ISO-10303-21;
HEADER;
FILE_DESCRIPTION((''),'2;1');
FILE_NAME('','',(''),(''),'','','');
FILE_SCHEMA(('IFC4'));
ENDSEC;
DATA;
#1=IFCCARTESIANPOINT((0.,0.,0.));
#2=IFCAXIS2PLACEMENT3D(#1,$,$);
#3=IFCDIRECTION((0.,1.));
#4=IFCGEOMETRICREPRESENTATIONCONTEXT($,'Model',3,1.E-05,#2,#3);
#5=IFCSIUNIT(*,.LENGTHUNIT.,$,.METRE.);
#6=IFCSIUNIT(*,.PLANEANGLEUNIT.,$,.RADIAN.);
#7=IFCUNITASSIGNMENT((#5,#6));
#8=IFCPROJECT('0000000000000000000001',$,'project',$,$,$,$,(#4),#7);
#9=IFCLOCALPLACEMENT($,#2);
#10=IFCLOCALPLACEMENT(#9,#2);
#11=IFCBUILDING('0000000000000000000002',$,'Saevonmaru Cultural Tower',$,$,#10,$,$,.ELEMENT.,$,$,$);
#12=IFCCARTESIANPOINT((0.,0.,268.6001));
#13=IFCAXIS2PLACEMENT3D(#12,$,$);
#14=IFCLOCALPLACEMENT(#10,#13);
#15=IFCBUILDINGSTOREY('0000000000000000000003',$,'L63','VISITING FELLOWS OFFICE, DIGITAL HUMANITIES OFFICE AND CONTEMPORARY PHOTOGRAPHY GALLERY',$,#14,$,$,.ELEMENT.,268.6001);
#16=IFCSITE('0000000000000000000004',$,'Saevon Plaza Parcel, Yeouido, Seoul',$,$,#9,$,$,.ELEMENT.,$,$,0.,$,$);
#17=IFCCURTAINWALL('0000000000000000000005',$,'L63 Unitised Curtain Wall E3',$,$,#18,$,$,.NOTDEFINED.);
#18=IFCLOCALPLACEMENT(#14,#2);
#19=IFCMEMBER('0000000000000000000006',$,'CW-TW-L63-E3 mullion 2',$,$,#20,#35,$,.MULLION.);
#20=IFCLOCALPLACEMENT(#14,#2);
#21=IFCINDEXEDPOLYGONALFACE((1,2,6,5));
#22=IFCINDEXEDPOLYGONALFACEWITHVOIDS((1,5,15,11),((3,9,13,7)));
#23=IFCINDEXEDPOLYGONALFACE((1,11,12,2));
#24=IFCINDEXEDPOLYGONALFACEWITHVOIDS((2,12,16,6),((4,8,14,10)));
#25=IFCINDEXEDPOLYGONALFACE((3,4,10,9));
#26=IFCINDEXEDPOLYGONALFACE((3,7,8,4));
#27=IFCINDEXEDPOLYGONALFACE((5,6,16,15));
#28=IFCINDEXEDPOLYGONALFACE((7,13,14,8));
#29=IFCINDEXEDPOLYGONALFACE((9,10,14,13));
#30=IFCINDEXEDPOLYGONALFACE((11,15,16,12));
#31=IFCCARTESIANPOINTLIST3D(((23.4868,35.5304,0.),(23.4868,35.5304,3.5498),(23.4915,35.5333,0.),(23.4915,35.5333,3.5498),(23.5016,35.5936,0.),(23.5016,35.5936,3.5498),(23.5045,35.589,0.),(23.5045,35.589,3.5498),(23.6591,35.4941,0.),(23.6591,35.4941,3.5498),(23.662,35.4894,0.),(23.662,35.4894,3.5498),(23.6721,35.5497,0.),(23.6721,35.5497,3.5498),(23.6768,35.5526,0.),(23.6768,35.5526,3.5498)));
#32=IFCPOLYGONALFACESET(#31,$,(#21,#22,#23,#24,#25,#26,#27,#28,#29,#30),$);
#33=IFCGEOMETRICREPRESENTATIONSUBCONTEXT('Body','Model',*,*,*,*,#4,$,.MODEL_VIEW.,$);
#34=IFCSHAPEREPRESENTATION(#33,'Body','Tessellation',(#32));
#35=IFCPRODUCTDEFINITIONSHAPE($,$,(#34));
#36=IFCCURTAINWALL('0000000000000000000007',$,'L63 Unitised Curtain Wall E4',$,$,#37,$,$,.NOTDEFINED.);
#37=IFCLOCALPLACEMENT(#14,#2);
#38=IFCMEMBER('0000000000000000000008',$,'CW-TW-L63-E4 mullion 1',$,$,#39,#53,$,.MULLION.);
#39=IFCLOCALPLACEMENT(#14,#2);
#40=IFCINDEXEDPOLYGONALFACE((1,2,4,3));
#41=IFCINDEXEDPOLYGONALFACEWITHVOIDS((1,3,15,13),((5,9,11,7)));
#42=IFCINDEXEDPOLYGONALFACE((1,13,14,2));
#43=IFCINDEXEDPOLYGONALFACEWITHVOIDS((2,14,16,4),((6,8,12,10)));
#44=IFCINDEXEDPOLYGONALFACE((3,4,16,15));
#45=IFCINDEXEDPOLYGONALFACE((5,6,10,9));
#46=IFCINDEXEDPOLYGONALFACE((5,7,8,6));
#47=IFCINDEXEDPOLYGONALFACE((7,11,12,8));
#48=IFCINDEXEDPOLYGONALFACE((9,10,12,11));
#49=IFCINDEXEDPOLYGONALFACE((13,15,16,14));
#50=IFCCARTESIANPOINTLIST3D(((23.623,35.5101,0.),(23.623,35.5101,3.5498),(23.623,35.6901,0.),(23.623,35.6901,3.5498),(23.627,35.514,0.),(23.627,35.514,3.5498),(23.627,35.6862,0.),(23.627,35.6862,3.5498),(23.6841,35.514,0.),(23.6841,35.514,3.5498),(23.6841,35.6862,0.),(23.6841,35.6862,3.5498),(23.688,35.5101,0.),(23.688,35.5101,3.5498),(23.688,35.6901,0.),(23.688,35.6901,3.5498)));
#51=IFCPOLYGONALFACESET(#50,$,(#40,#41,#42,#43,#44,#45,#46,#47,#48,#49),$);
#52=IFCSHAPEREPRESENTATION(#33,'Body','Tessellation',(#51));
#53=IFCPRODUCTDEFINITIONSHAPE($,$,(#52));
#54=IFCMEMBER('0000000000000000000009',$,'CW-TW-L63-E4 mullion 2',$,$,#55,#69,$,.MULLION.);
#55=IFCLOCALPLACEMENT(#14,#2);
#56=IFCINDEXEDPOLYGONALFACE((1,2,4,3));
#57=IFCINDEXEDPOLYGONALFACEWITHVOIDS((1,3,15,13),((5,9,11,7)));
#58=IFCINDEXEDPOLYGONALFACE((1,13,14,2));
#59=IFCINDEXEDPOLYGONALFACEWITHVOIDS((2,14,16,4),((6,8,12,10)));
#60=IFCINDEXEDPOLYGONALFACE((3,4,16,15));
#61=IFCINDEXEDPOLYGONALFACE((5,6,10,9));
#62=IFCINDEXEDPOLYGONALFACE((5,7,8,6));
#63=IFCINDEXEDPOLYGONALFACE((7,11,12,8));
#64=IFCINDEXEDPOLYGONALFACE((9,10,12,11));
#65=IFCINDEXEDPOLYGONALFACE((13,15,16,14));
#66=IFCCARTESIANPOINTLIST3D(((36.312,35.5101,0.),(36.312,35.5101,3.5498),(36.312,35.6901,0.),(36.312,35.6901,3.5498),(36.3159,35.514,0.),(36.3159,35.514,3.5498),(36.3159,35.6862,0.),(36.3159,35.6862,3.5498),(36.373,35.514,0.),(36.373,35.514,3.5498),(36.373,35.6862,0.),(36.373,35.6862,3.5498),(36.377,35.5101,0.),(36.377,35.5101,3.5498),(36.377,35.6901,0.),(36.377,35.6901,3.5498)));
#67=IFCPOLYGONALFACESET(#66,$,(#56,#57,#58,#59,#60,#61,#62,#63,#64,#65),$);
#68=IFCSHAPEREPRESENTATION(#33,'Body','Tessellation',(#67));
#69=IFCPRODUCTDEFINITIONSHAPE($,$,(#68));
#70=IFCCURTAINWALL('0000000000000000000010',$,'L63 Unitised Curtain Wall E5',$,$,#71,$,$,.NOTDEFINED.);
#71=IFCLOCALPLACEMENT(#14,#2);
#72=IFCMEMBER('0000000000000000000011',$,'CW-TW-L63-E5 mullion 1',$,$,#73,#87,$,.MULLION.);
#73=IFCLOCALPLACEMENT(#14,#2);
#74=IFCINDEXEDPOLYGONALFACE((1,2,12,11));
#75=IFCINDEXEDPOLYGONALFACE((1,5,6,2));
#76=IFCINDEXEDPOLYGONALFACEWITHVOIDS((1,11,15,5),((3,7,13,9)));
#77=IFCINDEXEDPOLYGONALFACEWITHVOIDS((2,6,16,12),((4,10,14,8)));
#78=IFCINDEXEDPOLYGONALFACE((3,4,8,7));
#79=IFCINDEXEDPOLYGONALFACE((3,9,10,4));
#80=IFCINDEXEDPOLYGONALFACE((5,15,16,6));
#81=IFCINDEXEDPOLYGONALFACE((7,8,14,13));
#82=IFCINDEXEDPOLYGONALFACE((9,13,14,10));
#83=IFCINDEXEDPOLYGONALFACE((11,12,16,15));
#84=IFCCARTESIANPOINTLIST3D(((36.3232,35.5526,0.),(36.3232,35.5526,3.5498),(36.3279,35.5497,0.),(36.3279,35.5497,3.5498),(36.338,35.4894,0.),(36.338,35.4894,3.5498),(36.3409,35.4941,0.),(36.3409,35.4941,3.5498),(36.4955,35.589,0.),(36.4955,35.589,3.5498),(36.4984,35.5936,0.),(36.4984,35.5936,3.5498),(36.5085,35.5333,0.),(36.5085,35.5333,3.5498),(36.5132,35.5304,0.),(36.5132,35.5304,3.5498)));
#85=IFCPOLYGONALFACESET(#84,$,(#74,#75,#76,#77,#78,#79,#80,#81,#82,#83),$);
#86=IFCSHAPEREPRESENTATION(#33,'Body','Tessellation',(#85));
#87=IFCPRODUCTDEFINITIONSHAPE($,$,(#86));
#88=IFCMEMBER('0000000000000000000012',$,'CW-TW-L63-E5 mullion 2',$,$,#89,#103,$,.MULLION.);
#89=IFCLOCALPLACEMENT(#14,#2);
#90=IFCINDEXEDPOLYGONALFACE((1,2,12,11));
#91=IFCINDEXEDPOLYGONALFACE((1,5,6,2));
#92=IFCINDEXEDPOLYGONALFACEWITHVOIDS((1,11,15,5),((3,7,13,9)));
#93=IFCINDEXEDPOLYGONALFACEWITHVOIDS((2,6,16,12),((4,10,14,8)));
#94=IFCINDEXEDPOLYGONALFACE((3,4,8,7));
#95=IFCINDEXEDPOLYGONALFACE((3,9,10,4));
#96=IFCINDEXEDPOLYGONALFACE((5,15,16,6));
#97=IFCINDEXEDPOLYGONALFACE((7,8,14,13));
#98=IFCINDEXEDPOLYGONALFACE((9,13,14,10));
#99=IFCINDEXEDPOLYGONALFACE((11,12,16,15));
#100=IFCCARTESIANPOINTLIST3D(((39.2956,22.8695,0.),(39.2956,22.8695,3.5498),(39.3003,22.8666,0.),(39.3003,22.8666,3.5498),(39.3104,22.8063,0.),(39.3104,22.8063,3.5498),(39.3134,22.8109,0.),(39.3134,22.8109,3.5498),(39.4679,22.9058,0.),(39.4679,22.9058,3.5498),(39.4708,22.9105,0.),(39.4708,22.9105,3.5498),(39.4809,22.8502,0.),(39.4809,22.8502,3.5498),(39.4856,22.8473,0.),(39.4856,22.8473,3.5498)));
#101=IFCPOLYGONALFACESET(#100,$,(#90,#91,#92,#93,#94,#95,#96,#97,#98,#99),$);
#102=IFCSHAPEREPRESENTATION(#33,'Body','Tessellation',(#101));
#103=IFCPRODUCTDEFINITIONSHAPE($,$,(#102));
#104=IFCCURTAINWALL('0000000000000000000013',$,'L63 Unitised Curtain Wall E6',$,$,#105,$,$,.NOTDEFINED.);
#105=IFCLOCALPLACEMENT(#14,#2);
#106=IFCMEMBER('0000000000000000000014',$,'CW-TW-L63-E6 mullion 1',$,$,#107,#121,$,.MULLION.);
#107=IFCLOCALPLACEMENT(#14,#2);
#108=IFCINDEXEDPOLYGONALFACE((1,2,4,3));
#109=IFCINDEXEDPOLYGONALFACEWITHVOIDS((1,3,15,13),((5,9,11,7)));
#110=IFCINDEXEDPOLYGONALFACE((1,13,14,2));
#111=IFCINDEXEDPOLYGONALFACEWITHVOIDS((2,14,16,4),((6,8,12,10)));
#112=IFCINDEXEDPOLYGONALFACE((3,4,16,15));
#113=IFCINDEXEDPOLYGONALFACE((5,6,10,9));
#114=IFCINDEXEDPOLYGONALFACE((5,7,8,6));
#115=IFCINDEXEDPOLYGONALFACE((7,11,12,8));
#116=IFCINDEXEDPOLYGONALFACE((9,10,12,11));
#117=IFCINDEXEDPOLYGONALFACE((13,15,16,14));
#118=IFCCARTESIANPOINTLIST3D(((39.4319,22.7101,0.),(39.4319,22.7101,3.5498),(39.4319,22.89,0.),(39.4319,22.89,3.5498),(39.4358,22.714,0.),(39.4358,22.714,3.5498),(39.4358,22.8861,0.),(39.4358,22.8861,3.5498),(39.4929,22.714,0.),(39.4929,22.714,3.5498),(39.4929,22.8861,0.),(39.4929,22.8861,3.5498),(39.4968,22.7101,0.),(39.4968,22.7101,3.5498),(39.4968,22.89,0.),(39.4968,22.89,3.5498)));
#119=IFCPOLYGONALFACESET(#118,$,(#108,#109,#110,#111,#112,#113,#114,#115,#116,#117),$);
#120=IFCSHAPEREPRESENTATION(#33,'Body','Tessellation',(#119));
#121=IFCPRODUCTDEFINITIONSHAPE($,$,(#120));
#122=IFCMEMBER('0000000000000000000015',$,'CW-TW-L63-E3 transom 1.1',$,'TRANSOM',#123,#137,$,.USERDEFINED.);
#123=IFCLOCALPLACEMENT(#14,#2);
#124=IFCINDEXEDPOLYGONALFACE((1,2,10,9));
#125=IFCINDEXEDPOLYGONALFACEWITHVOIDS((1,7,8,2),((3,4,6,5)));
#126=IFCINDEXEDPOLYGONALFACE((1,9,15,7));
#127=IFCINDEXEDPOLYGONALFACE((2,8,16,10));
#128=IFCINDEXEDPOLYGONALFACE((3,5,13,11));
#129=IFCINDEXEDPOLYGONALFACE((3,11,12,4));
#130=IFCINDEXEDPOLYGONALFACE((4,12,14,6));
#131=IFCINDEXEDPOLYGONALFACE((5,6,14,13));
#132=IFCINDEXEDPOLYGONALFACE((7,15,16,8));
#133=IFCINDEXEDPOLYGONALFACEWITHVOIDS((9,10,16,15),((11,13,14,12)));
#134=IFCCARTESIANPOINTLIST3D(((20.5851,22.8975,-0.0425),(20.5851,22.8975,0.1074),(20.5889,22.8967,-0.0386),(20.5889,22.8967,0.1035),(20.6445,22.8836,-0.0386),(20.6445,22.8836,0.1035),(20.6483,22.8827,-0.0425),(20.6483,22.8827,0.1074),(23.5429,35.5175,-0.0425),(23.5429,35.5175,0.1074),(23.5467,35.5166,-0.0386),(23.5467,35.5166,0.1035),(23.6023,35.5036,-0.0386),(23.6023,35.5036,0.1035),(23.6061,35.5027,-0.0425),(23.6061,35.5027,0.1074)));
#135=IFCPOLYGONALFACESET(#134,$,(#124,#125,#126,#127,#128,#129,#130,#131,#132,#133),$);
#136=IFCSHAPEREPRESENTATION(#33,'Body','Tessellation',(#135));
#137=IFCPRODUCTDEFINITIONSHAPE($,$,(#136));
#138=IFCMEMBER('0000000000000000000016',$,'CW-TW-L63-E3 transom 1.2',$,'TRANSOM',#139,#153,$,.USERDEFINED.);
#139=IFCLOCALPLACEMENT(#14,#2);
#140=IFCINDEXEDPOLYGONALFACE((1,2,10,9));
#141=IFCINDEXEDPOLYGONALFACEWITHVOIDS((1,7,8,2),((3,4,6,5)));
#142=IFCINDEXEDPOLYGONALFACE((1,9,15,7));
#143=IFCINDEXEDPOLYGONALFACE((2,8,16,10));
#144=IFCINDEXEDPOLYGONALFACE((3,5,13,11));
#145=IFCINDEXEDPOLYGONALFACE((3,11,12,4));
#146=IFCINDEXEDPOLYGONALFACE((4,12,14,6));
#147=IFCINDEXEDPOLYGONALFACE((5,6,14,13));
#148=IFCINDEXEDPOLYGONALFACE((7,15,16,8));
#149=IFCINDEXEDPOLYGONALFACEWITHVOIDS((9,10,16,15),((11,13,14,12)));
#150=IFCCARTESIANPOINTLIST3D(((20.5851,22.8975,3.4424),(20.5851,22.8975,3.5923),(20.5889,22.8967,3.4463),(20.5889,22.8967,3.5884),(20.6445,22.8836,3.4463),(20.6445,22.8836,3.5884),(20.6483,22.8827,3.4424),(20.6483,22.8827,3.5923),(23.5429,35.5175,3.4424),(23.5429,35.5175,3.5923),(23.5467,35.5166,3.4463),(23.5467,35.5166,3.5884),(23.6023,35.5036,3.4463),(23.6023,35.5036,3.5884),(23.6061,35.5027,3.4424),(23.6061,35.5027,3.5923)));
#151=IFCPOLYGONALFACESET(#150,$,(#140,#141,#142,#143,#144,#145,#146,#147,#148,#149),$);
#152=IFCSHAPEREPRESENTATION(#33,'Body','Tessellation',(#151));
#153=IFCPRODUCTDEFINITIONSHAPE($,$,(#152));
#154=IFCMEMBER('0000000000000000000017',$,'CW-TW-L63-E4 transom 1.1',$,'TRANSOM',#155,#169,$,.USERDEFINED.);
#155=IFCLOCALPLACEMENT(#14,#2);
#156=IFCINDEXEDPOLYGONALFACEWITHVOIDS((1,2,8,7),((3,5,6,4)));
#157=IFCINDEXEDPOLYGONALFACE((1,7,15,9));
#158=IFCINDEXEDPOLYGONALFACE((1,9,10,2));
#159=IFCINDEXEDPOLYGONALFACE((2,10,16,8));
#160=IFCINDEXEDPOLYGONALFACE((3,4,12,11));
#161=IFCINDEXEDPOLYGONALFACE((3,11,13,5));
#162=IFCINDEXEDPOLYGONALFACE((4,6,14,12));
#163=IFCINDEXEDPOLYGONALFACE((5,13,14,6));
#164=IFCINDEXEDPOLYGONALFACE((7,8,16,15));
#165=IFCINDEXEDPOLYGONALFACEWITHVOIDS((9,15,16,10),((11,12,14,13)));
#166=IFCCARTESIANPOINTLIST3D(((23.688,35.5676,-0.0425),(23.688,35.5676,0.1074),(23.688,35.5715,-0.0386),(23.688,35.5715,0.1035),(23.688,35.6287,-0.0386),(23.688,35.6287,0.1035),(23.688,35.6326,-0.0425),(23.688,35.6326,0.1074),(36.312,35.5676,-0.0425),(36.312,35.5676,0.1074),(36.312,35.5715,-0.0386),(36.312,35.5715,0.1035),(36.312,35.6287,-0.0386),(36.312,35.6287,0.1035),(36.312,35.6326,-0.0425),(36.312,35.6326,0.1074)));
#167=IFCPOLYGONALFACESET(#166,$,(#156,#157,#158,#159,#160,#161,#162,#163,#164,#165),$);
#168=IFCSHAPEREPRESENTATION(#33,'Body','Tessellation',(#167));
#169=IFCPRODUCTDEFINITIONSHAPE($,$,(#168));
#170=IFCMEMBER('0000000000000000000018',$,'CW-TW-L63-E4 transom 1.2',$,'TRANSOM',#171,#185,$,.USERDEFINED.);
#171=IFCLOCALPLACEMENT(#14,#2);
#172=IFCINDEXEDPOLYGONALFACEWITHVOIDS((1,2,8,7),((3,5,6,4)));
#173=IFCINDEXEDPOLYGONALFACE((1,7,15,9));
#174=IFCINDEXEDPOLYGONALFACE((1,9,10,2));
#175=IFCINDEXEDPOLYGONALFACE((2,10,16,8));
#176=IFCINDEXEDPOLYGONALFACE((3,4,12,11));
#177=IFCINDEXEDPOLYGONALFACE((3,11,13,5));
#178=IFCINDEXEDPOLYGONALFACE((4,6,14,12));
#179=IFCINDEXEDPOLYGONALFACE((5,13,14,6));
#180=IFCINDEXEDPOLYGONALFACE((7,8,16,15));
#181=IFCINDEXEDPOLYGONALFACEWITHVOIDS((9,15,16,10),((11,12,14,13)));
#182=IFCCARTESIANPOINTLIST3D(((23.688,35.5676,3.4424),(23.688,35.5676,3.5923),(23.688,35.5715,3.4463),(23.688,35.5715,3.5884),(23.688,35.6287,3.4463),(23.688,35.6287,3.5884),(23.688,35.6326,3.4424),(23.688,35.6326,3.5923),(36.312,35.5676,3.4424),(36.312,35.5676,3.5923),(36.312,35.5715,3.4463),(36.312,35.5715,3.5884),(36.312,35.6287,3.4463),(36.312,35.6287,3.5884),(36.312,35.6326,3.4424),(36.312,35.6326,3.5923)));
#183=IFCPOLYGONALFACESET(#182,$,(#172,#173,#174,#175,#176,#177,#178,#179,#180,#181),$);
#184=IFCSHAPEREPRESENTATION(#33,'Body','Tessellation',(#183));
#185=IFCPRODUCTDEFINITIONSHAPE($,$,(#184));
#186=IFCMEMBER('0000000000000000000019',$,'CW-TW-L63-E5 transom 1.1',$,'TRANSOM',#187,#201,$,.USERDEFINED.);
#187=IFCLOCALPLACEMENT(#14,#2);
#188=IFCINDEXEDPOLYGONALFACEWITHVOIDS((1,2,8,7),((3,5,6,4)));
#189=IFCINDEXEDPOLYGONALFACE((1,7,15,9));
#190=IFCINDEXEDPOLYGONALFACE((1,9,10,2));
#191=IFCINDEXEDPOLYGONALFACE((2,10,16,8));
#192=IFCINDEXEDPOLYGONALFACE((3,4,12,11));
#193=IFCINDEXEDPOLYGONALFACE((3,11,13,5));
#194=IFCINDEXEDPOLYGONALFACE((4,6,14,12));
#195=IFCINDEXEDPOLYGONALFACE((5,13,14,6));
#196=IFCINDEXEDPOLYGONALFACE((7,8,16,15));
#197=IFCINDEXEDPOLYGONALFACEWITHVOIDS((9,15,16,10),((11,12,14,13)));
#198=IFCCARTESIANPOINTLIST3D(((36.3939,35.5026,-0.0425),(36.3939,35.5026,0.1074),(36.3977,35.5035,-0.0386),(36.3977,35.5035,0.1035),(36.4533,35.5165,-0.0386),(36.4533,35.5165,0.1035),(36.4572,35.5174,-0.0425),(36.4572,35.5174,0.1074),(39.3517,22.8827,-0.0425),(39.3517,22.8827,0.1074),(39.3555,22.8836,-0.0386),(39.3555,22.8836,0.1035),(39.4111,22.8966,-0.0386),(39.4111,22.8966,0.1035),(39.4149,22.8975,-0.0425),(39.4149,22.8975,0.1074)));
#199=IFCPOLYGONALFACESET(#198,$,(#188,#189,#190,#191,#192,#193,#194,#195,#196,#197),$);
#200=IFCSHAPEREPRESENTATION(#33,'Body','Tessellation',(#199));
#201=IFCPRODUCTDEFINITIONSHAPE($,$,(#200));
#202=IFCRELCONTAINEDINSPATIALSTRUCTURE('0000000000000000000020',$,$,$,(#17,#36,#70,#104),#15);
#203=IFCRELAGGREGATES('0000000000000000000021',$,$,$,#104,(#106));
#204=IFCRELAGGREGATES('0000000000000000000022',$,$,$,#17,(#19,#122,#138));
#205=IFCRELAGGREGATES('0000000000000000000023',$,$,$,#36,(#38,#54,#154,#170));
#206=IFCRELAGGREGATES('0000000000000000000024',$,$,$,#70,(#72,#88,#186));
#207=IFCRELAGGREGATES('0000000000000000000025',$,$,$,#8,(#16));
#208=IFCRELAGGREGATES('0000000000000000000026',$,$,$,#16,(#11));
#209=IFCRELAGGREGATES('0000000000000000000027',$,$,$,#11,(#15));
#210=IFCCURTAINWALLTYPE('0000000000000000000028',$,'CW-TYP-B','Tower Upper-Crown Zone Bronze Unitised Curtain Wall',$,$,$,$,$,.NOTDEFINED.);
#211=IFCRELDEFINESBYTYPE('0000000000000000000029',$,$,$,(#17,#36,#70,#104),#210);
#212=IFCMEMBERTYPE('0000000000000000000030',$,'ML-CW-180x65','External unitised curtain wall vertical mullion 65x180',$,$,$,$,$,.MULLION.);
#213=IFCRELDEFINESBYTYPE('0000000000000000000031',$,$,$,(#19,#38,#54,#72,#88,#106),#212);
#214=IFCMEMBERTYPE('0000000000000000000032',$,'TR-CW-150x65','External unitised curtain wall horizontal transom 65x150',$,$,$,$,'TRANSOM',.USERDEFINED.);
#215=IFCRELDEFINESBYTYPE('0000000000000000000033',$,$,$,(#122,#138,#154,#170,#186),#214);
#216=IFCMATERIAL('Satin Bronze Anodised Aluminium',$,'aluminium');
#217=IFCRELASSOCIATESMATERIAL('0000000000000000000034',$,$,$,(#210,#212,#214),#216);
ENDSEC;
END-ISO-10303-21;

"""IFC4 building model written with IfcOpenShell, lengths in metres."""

from ifc_helpers import new_model, si_unit, direction, frame, origin, origin_2d, place, context, subcontext, project, spatial, hollow_rectangle, extrude, material, material_profile, profile_set, type_object, element, aggregate, save


model = new_model("IFC4")

# Units and contexts
model_context = context("Model", 3, precision=1e-05, world=origin(), true_north=direction((0.0, 1.0)))
body_context = subcontext(model_context, "Body", "Model", "MODEL_VIEW")
ifc_project = project(units=[si_unit("LENGTHUNIT", "METRE"), si_unit("PLANEANGLEUNIT", "RADIAN")], contexts=[model_context])

# Site, building, storey
site_placement = place(None, origin())
site = spatial("IfcSite", under=ifc_project, at=site_placement, Name="Saevon Plaza Parcel, Yeouido, Seoul", CompositionType="ELEMENT", RefElevation=0.0)
building_placement = place(site_placement, origin())
building = spatial("IfcBuilding", under=site, at=building_placement, Name="Saevonmaru Cultural Tower", CompositionType="ELEMENT")
storey_placement = place(building_placement, frame((0.0, 0.0, 268.6001)))
storey = spatial("IfcBuildingStorey", under=building, at=storey_placement, Name="L63", Description="VISITING FELLOWS OFFICE, DIGITAL HUMANITIES OFFICE AND CONTEMPORARY PHOTOGRAPHY GALLERY", CompositionType="ELEMENT", Elevation=268.6001)

# Curtain wall, member
ifc_material_1 = material(Name="Satin Bronze Anodised Aluminium", Category="aluminium")
curtain_wall_type = type_object("IfcCurtainWallType", Name="CW-TYP-B", Description="Tower Upper-Crown Zone Bronze Unitised Curtain Wall", PredefinedType="NOTDEFINED", material=ifc_material_1)
curtain_wall_1_placement = place(storey_placement, origin())
curtain_wall_1 = element("IfcCurtainWall", 1, at=curtain_wall_1_placement, inside=storey, type_object=curtain_wall_type, Name="L63 Unitised Curtain Wall E3", PredefinedType="NOTDEFINED")
ifc_material_profile_1 = material_profile(ifc_material_1, hollow_rectangle(XDim=0.0649, YDim=0.1799, WallThickness=0.0039, at=origin_2d()), Name="ALU-MULL-180x65x4")
ifc_profile_set_1 = profile_set([ifc_material_profile_1], Name="Satin Bronze Anodised Aluminium")
member_type_1 = type_object("IfcMemberType", Name="ML-CW-180x65", Description="External unitised curtain wall vertical mullion 65x180", PredefinedType="MULLION", material=ifc_profile_set_1)
member_1_placement = place(storey_placement, frame((23.5818, 35.5415, 0.0), z_axis=(0.0, 0.0, 1.0), x_axis=(0.22819, 0.973617, 0.0)))
member_1 = element("IfcMember", 2, at=member_1_placement, type_object=member_type_1, Name="CW-TW-L63-E3 mullion 2", PredefinedType="MULLION", context=body_context, shape_type="SweptSolid", body=[
    extrude(hollow_rectangle(XDim=0.0649, YDim=0.1799, WallThickness=0.0039, at=origin_2d()), origin(), (0.0, 0.0, 1.0), 3.5498),
])

# Curtain walls, members
curtain_wall_2_placement = place(storey_placement, origin())
curtain_wall_2 = element("IfcCurtainWall", 3, at=curtain_wall_2_placement, inside=storey, type_object=curtain_wall_type, Name="L63 Unitised Curtain Wall E4", PredefinedType="NOTDEFINED")
member_2_placement = place(storey_placement, frame((23.6555, 35.6001, 0.0), z_axis=(0.0, 0.0, 1.0), x_axis=(1.0, 0.0, 0.0)))
member_2 = element("IfcMember", 4, at=member_2_placement, type_object=member_type_1, Name="CW-TW-L63-E4 mullion 1", PredefinedType="MULLION", context=body_context, shape_type="SweptSolid", body=[
    extrude(hollow_rectangle(XDim=0.0649, YDim=0.1799, WallThickness=0.0039, at=origin_2d()), origin(), (0.0, 0.0, 1.0), 3.5498),
])
member_3_placement = place(storey_placement, frame((36.3445, 35.6001, 0.0), z_axis=(0.0, 0.0, 1.0), x_axis=(1.0, 0.0, 0.0)))
member_3 = element("IfcMember", 5, at=member_3_placement, type_object=member_type_1, Name="CW-TW-L63-E4 mullion 2", PredefinedType="MULLION", context=body_context, shape_type="SweptSolid", body=[
    extrude(hollow_rectangle(XDim=0.0649, YDim=0.1799, WallThickness=0.0039, at=origin_2d()), origin(), (0.0, 0.0, 1.0), 3.5498),
])
curtain_wall_3_placement = place(storey_placement, origin())
curtain_wall_3 = element("IfcCurtainWall", 6, at=curtain_wall_3_placement, inside=storey, type_object=curtain_wall_type, Name="L63 Unitised Curtain Wall E5", PredefinedType="NOTDEFINED")
member_4_placement = place(storey_placement, frame((36.4182, 35.5415, 0.0), z_axis=(0.0, 0.0, 1.0), x_axis=(0.22819, -0.973617, 0.0)))
member_4 = element("IfcMember", 7, at=member_4_placement, type_object=member_type_1, Name="CW-TW-L63-E5 mullion 1", PredefinedType="MULLION", context=body_context, shape_type="SweptSolid", body=[
    extrude(hollow_rectangle(XDim=0.0649, YDim=0.1799, WallThickness=0.0039, at=origin_2d()), origin(), (0.0, 0.0, 1.0), 3.5498),
])
member_5_placement = place(storey_placement, frame((39.3906, 22.8584, 0.0), z_axis=(0.0, 0.0, 1.0), x_axis=(0.22819, -0.973617, 0.0)))
member_5 = element("IfcMember", 8, at=member_5_placement, type_object=member_type_1, Name="CW-TW-L63-E5 mullion 2", PredefinedType="MULLION", context=body_context, shape_type="SweptSolid", body=[
    extrude(hollow_rectangle(XDim=0.0649, YDim=0.1799, WallThickness=0.0039, at=origin_2d()), origin(), (0.0, 0.0, 1.0), 3.5498),
])

# Curtain wall, member
curtain_wall_4_placement = place(storey_placement, origin())
curtain_wall_4 = element("IfcCurtainWall", 9, at=curtain_wall_4_placement, inside=storey, type_object=curtain_wall_type, Name="L63 Unitised Curtain Wall E6", PredefinedType="NOTDEFINED")
member_6_placement = place(storey_placement, frame((39.4644, 22.8, 0.0), z_axis=(0.0, 0.0, 1.0), x_axis=(1.0, 0.0, 0.0)))
member_6 = element("IfcMember", 10, at=member_6_placement, type_object=member_type_1, Name="CW-TW-L63-E6 mullion 1", PredefinedType="MULLION", context=body_context, shape_type="SweptSolid", body=[
    extrude(hollow_rectangle(XDim=0.0649, YDim=0.1799, WallThickness=0.0039, at=origin_2d()), origin(), (0.0, 0.0, 1.0), 3.5498),
])

# Members
ifc_material_profile_2 = material_profile(ifc_material_1, hollow_rectangle(XDim=0.0649, YDim=0.1499, WallThickness=0.0039, at=origin_2d()), Name="ALU-TRAN-150x65x4")
ifc_profile_set_2 = profile_set([ifc_material_profile_2], Name="Satin Bronze Anodised Aluminium")
member_type_2 = type_object("IfcMemberType", Name="TR-CW-150x65", Description="External unitised curtain wall horizontal transom 65x150", ElementType="TRANSOM", PredefinedType="USERDEFINED", material=ifc_profile_set_2)
member_7_placement = place(storey_placement, frame((20.6167, 22.8901, 0.0325), z_axis=(0.22819, 0.973617, 0.0), x_axis=(-0.973617, 0.22819, 0.0)))
member_7 = element("IfcMember", 11, at=member_7_placement, type_object=member_type_2, Name="CW-TW-L63-E3 transom 1.1", ObjectType="TRANSOM", PredefinedType="USERDEFINED", context=body_context, shape_type="SweptSolid", body=[
    extrude(hollow_rectangle(XDim=0.0649, YDim=0.1499, WallThickness=0.0039, at=origin_2d()), origin(), (0.0, 0.0, 1.0), 12.9619),
])
member_8_placement = place(storey_placement, frame((20.6167, 22.8901, 3.5173), z_axis=(0.22819, 0.973617, 0.0), x_axis=(-0.973617, 0.22819, 0.0)))
member_8 = element("IfcMember", 12, at=member_8_placement, type_object=member_type_2, Name="CW-TW-L63-E3 transom 1.2", ObjectType="TRANSOM", PredefinedType="USERDEFINED", context=body_context, shape_type="SweptSolid", body=[
    extrude(hollow_rectangle(XDim=0.0649, YDim=0.1499, WallThickness=0.0039, at=origin_2d()), origin(), (0.0, 0.0, 1.0), 12.9619),
])
member_9_placement = place(storey_placement, frame((23.688, 35.6001, 0.0325), z_axis=(1.0, 0.0, 0.0), x_axis=(0.0, 1.0, 0.0)))
member_9 = element("IfcMember", 13, at=member_9_placement, type_object=member_type_2, Name="CW-TW-L63-E4 transom 1.1", ObjectType="TRANSOM", PredefinedType="USERDEFINED", context=body_context, shape_type="SweptSolid", body=[
    extrude(hollow_rectangle(XDim=0.0649, YDim=0.1499, WallThickness=0.0039, at=origin_2d()), origin(), (0.0, 0.0, 1.0), 12.624),
])
member_10_placement = place(storey_placement, frame((23.688, 35.6001, 3.5173), z_axis=(1.0, 0.0, 0.0), x_axis=(0.0, 1.0, 0.0)))
member_10 = element("IfcMember", 14, at=member_10_placement, type_object=member_type_2, Name="CW-TW-L63-E4 transom 1.2", ObjectType="TRANSOM", PredefinedType="USERDEFINED", context=body_context, shape_type="SweptSolid", body=[
    extrude(hollow_rectangle(XDim=0.0649, YDim=0.1499, WallThickness=0.0039, at=origin_2d()), origin(), (0.0, 0.0, 1.0), 12.624),
])
member_11_placement = place(storey_placement, frame((36.4255, 35.51, 0.0325), z_axis=(0.22819, -0.973617, 0.0), x_axis=(0.973617, 0.22819, 0.0)))
member_11 = element("IfcMember", 15, at=member_11_placement, type_object=member_type_2, Name="CW-TW-L63-E5 transom 1.1", ObjectType="TRANSOM", PredefinedType="USERDEFINED", context=body_context, shape_type="SweptSolid", body=[
    extrude(hollow_rectangle(XDim=0.0649, YDim=0.1499, WallThickness=0.0039, at=origin_2d()), origin(), (0.0, 0.0, 1.0), 12.9619),
])
aggregate(curtain_wall_4, [member_6])

aggregate(curtain_wall_1, [member_1, member_7, member_8])
aggregate(curtain_wall_2, [member_2, member_3, member_9, member_10])
aggregate(curtain_wall_3, [member_4, member_5, member_11])

save(model, "model.ifc")
